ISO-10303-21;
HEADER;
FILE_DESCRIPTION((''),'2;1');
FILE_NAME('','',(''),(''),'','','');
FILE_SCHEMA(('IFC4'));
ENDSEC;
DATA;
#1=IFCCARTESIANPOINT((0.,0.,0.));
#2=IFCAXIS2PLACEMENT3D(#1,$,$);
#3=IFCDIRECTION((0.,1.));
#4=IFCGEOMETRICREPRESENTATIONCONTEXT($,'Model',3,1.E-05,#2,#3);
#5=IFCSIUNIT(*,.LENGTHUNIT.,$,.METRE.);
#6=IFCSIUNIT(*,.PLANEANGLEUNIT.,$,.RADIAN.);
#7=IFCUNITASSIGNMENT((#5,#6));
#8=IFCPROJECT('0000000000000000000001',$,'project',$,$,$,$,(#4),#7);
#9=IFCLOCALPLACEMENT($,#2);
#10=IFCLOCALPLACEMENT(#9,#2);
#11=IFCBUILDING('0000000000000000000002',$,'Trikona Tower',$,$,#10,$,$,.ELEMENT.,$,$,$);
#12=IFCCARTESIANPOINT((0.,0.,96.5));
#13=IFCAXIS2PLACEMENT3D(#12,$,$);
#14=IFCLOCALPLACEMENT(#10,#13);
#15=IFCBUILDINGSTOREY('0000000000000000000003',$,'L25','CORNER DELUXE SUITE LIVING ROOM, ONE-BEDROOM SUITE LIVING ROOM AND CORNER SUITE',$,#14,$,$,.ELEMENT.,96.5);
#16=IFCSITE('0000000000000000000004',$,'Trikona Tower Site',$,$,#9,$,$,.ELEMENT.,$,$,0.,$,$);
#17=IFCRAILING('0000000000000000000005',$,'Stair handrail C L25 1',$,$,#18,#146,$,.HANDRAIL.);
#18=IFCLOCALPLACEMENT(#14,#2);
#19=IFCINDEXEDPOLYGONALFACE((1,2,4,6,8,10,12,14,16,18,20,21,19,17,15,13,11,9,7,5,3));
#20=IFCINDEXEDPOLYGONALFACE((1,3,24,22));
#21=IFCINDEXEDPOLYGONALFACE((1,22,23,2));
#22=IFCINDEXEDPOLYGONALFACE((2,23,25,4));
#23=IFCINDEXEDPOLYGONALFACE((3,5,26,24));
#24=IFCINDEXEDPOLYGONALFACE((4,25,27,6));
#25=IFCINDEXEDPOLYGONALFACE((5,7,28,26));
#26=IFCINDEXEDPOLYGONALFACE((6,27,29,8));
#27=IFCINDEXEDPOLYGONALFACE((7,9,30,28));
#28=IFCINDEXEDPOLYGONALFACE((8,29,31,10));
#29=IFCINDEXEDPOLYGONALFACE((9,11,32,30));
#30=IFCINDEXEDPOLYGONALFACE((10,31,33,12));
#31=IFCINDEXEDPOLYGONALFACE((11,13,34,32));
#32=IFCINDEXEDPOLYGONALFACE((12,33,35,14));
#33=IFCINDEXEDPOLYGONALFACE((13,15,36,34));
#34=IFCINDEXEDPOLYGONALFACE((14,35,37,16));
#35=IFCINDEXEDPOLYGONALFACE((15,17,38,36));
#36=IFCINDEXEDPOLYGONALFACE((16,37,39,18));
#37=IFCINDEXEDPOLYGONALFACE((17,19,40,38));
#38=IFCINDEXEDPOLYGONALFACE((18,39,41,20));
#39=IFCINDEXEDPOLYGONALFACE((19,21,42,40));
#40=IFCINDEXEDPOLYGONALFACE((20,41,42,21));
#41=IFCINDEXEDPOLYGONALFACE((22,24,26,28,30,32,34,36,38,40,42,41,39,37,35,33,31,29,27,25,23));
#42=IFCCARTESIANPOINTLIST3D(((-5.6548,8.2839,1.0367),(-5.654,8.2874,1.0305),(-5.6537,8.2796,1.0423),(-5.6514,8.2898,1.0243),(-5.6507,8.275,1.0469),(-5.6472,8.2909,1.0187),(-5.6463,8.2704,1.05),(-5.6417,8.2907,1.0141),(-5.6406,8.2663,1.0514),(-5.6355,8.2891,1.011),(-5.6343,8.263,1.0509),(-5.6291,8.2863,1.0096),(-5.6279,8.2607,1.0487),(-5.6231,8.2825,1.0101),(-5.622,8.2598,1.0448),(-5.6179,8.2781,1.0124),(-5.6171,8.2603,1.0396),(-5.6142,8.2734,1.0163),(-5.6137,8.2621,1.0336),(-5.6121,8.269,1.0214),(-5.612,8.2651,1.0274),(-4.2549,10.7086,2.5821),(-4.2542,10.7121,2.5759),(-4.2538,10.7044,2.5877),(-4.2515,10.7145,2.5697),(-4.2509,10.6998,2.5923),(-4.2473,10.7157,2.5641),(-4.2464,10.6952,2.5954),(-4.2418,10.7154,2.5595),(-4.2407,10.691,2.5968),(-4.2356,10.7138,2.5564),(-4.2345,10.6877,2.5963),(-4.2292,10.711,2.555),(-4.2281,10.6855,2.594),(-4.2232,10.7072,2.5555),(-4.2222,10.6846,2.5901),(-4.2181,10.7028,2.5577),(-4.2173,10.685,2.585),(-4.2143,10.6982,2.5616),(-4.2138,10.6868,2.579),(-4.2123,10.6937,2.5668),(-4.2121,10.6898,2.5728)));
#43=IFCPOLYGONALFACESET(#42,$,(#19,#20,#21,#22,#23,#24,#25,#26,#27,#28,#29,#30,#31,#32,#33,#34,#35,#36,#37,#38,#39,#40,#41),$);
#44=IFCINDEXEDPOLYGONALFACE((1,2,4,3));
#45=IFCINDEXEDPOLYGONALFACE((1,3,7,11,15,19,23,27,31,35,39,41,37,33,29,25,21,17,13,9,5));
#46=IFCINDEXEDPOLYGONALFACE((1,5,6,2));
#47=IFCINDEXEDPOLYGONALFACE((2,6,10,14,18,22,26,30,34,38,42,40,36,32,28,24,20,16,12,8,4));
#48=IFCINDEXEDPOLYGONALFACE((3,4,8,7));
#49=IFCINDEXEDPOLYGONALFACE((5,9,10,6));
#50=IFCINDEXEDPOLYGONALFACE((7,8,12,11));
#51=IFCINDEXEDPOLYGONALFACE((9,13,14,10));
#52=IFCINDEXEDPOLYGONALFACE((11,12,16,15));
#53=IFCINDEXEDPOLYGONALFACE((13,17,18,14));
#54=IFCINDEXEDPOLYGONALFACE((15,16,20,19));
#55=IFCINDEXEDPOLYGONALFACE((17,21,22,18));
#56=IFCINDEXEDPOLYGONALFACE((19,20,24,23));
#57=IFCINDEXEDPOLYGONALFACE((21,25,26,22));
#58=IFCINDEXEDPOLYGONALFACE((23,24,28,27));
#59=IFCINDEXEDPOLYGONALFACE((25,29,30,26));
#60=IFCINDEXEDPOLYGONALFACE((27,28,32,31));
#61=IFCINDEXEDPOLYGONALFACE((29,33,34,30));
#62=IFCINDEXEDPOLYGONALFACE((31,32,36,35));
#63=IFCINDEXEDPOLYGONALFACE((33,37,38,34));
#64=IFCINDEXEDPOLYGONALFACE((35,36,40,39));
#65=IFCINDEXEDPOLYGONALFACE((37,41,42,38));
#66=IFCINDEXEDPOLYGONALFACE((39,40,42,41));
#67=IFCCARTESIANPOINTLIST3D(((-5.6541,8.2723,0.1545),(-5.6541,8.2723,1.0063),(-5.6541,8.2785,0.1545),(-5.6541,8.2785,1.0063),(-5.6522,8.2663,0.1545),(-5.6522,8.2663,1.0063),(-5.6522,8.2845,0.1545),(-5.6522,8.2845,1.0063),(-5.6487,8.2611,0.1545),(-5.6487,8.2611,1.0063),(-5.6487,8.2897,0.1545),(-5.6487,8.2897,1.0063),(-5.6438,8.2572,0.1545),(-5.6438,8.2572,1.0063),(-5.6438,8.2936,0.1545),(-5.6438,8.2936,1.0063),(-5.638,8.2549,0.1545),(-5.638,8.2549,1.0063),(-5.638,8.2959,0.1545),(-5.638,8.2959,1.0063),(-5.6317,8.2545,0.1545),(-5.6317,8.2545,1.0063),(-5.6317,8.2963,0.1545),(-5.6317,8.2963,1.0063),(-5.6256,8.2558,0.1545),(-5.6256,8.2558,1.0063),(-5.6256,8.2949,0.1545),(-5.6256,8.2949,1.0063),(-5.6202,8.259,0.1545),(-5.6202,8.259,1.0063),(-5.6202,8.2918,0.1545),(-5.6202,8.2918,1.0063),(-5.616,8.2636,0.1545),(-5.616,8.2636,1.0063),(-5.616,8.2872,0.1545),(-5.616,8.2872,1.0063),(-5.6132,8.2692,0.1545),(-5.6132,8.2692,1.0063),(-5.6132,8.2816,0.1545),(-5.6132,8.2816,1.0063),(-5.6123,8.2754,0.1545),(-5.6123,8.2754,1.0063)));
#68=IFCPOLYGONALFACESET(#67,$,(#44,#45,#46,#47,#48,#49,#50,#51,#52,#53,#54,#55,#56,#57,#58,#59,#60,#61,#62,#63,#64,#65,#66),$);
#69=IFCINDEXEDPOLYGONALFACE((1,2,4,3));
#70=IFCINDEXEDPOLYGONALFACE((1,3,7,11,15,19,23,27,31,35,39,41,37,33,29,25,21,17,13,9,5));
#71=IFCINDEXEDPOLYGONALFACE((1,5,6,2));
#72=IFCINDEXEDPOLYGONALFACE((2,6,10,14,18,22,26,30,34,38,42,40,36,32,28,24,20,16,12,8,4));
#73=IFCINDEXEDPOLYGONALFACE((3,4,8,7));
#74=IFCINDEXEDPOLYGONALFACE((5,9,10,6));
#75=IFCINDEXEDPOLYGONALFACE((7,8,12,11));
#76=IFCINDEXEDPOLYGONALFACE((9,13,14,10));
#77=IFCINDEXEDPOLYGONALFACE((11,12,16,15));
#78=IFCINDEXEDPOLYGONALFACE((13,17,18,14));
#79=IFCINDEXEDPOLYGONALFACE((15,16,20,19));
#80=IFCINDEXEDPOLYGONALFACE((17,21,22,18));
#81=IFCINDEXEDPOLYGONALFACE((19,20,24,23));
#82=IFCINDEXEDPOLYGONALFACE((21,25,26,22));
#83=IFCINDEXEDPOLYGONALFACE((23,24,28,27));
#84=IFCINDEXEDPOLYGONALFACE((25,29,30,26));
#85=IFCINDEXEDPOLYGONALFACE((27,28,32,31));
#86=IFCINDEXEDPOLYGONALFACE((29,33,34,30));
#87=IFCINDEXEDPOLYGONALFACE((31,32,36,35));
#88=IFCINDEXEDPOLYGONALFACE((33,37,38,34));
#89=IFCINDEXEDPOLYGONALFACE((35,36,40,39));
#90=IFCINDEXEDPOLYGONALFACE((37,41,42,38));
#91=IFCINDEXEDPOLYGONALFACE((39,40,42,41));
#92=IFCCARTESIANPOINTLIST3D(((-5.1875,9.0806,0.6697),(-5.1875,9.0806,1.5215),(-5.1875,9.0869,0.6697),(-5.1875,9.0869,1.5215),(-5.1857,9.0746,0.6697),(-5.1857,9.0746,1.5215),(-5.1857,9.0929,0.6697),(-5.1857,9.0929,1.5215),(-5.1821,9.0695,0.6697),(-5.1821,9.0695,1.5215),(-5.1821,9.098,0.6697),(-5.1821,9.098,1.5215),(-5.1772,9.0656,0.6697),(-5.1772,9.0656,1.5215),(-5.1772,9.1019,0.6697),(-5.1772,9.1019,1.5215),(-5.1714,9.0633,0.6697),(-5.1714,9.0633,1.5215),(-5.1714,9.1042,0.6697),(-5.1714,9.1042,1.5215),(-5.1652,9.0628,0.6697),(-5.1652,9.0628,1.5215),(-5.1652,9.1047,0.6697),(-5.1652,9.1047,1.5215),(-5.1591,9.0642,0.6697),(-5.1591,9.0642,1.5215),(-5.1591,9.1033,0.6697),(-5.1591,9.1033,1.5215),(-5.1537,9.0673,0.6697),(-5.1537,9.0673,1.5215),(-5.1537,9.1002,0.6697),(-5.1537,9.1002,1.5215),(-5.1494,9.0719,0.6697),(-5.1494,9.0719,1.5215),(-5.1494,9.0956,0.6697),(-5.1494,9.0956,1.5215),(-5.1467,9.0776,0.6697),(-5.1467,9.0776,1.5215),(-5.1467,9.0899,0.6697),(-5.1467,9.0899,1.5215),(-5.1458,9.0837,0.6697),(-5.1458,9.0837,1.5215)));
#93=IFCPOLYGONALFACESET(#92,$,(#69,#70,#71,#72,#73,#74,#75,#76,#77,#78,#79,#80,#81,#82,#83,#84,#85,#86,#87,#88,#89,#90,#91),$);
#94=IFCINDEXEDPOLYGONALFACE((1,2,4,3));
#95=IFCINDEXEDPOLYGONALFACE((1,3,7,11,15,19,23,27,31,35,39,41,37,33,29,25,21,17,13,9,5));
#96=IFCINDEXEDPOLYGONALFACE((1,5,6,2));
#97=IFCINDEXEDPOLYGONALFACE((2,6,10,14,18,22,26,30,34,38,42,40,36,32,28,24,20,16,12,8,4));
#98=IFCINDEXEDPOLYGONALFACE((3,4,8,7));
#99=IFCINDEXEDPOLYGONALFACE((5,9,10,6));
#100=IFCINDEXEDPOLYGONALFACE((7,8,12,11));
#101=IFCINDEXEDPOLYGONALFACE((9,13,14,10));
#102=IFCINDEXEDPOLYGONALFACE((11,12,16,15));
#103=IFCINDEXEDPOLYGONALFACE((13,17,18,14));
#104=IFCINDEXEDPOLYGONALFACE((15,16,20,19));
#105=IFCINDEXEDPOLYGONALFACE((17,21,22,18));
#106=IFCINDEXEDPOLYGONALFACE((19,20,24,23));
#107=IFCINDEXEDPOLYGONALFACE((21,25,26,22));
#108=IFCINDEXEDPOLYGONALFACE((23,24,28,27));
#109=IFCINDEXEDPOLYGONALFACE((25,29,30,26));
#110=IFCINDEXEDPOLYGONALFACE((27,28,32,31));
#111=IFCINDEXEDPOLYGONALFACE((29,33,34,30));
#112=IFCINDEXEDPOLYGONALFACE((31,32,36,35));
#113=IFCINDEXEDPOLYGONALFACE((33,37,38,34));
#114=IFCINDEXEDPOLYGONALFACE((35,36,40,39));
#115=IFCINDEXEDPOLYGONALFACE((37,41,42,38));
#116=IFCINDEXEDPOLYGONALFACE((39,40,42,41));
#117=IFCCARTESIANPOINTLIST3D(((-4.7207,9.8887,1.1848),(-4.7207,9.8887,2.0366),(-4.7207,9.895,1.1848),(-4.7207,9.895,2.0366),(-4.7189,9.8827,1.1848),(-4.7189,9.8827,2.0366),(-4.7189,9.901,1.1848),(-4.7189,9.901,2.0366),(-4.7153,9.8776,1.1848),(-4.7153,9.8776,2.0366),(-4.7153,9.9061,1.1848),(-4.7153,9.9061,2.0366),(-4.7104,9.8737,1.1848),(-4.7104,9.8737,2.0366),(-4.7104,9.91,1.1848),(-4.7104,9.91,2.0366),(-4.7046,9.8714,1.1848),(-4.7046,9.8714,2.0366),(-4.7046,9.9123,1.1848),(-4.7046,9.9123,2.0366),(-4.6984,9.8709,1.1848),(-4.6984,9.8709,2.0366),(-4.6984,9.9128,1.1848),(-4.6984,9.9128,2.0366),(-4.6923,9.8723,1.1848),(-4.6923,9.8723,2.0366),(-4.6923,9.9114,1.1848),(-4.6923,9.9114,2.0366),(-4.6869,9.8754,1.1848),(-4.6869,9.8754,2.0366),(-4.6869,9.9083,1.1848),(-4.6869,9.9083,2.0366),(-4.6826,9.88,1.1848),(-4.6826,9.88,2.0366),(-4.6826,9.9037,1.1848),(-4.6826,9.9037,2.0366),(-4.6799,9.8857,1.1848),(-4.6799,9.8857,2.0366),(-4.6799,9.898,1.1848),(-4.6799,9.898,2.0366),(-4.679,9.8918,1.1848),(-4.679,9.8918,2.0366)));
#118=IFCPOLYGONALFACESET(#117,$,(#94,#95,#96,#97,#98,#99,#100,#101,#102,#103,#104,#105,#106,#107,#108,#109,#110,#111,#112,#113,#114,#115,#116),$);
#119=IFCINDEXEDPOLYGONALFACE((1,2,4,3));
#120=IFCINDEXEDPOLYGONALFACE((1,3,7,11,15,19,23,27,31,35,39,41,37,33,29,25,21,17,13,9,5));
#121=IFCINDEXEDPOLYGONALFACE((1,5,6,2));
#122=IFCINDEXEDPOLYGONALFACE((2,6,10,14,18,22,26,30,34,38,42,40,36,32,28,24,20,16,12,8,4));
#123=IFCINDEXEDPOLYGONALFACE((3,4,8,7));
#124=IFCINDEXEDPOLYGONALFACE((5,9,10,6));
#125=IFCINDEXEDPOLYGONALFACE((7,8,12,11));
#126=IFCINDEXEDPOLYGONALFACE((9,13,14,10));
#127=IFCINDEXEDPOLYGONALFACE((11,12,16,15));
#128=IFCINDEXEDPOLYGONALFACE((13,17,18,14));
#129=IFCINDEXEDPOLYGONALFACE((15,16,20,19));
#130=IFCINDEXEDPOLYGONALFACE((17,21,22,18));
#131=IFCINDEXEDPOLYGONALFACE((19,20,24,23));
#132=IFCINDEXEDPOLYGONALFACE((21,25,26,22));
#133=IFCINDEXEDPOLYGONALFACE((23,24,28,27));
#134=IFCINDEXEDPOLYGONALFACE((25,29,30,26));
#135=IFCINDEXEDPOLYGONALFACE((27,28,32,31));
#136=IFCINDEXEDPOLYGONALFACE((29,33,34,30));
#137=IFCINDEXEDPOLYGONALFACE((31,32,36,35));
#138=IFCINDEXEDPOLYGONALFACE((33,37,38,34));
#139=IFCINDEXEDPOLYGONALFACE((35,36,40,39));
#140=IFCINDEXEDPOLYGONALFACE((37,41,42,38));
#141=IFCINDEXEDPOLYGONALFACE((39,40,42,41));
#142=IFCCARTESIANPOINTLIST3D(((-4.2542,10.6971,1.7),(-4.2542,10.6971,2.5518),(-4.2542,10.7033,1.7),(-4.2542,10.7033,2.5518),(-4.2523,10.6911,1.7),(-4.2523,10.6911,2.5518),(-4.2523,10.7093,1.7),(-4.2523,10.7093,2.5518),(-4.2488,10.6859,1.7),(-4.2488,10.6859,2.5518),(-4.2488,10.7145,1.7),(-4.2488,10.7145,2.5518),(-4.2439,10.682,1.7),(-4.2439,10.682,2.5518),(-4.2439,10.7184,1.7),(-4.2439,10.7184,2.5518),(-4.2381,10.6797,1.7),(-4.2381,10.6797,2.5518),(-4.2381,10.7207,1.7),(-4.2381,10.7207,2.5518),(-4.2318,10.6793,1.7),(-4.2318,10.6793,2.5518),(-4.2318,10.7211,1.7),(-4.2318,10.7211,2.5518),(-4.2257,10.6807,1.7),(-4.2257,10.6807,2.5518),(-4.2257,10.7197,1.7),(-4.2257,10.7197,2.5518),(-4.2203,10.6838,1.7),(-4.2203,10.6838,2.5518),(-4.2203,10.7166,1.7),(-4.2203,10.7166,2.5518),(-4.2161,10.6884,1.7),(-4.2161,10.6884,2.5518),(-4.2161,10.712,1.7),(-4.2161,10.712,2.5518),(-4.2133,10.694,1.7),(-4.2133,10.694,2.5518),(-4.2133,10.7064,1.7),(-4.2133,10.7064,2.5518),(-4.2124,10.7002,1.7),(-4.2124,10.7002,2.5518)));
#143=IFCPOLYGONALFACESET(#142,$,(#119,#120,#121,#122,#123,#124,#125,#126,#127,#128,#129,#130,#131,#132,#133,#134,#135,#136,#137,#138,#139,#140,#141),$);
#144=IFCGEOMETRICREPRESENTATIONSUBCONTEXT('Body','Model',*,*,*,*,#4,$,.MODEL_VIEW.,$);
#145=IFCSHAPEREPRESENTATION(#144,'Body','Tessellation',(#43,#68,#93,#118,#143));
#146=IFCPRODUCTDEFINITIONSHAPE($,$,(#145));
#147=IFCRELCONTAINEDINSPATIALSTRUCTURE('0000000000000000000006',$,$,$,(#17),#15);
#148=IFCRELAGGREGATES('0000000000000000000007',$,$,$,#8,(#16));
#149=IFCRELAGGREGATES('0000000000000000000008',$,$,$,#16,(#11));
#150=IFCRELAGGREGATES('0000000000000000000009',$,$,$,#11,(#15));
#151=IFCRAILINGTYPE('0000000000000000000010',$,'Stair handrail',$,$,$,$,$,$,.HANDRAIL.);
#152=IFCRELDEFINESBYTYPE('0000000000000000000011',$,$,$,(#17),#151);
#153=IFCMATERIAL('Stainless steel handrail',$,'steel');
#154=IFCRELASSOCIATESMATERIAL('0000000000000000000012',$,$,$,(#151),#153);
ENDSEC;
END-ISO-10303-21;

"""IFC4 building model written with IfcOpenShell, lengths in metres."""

from ifc_helpers import new_model, si_unit, direction, frame, origin, origin_2d, place, context, subcontext, project, spatial, circle, extrude, material, type_object, element, save


model = new_model("IFC4")

# Units and contexts
model_context = context("Model", 3, precision=1e-05, world=origin(), true_north=direction((0.0, 1.0)))
body_context = subcontext(model_context, "Body", "Model", "MODEL_VIEW")
ifc_project = project(units=[si_unit("LENGTHUNIT", "METRE"), si_unit("PLANEANGLEUNIT", "RADIAN")], contexts=[model_context])

# Site, building, storey
site_placement = place(None, origin())
site = spatial("IfcSite", under=ifc_project, at=site_placement, Name="Trikona Tower Site", CompositionType="ELEMENT", RefElevation=0.0)
building_placement = place(site_placement, origin())
building = spatial("IfcBuilding", under=site, at=building_placement, Name="Trikona Tower", CompositionType="ELEMENT")
storey_placement = place(building_placement, frame((0.0, 0.0, 96.5)))
storey = spatial("IfcBuildingStorey", under=building, at=storey_placement, Name="L25", Description="CORNER DELUXE SUITE LIVING ROOM, ONE-BEDROOM SUITE LIVING ROOM AND CORNER SUITE", CompositionType="ELEMENT", Elevation=96.5)

# Railing
ifc_material_1 = material(Name="Stainless steel handrail", Category="steel")
railing_type = type_object("IfcRailingType", Name="Stair handrail", PredefinedType="HANDRAIL", material=ifc_material_1)
railing_1_placement = place(storey_placement, frame((-5.6333, 8.2754, 0.1545)))
element("IfcRailing", 1, at=railing_1_placement, inside=storey, type_object=railing_type, Name="Stair handrail C L25 1", PredefinedType="HANDRAIL", context=body_context, shape_type="SweptSolid", body=[
    extrude(circle(Radius=0.0239, at=origin_2d()), frame((0.0, 0.0, 0.876), z_axis=(0.437733, 0.758207, 0.483231), x_axis=(-0.866035, 0.499984, 0.0)), (0.0, 0.0, 1.0), 3.198),
    extrude(circle(Radius=0.021, at=origin_2d()), origin(), (0.0, 0.0, 1.0), 0.8518),
    extrude(circle(Radius=0.021, at=origin_2d()), frame((0.4666, 0.8083, 0.5151)), (0.0, 0.0, 1.0), 0.8518),
    extrude(circle(Radius=0.021, at=origin_2d()), frame((0.9333, 1.6165, 1.0303)), (0.0, 0.0, 1.0), 0.8518),
    extrude(circle(Radius=0.021, at=origin_2d()), frame((1.3999, 2.4248, 1.5454)), (0.0, 0.0, 1.0), 0.8518),
])

save(model, "model.ifc")
